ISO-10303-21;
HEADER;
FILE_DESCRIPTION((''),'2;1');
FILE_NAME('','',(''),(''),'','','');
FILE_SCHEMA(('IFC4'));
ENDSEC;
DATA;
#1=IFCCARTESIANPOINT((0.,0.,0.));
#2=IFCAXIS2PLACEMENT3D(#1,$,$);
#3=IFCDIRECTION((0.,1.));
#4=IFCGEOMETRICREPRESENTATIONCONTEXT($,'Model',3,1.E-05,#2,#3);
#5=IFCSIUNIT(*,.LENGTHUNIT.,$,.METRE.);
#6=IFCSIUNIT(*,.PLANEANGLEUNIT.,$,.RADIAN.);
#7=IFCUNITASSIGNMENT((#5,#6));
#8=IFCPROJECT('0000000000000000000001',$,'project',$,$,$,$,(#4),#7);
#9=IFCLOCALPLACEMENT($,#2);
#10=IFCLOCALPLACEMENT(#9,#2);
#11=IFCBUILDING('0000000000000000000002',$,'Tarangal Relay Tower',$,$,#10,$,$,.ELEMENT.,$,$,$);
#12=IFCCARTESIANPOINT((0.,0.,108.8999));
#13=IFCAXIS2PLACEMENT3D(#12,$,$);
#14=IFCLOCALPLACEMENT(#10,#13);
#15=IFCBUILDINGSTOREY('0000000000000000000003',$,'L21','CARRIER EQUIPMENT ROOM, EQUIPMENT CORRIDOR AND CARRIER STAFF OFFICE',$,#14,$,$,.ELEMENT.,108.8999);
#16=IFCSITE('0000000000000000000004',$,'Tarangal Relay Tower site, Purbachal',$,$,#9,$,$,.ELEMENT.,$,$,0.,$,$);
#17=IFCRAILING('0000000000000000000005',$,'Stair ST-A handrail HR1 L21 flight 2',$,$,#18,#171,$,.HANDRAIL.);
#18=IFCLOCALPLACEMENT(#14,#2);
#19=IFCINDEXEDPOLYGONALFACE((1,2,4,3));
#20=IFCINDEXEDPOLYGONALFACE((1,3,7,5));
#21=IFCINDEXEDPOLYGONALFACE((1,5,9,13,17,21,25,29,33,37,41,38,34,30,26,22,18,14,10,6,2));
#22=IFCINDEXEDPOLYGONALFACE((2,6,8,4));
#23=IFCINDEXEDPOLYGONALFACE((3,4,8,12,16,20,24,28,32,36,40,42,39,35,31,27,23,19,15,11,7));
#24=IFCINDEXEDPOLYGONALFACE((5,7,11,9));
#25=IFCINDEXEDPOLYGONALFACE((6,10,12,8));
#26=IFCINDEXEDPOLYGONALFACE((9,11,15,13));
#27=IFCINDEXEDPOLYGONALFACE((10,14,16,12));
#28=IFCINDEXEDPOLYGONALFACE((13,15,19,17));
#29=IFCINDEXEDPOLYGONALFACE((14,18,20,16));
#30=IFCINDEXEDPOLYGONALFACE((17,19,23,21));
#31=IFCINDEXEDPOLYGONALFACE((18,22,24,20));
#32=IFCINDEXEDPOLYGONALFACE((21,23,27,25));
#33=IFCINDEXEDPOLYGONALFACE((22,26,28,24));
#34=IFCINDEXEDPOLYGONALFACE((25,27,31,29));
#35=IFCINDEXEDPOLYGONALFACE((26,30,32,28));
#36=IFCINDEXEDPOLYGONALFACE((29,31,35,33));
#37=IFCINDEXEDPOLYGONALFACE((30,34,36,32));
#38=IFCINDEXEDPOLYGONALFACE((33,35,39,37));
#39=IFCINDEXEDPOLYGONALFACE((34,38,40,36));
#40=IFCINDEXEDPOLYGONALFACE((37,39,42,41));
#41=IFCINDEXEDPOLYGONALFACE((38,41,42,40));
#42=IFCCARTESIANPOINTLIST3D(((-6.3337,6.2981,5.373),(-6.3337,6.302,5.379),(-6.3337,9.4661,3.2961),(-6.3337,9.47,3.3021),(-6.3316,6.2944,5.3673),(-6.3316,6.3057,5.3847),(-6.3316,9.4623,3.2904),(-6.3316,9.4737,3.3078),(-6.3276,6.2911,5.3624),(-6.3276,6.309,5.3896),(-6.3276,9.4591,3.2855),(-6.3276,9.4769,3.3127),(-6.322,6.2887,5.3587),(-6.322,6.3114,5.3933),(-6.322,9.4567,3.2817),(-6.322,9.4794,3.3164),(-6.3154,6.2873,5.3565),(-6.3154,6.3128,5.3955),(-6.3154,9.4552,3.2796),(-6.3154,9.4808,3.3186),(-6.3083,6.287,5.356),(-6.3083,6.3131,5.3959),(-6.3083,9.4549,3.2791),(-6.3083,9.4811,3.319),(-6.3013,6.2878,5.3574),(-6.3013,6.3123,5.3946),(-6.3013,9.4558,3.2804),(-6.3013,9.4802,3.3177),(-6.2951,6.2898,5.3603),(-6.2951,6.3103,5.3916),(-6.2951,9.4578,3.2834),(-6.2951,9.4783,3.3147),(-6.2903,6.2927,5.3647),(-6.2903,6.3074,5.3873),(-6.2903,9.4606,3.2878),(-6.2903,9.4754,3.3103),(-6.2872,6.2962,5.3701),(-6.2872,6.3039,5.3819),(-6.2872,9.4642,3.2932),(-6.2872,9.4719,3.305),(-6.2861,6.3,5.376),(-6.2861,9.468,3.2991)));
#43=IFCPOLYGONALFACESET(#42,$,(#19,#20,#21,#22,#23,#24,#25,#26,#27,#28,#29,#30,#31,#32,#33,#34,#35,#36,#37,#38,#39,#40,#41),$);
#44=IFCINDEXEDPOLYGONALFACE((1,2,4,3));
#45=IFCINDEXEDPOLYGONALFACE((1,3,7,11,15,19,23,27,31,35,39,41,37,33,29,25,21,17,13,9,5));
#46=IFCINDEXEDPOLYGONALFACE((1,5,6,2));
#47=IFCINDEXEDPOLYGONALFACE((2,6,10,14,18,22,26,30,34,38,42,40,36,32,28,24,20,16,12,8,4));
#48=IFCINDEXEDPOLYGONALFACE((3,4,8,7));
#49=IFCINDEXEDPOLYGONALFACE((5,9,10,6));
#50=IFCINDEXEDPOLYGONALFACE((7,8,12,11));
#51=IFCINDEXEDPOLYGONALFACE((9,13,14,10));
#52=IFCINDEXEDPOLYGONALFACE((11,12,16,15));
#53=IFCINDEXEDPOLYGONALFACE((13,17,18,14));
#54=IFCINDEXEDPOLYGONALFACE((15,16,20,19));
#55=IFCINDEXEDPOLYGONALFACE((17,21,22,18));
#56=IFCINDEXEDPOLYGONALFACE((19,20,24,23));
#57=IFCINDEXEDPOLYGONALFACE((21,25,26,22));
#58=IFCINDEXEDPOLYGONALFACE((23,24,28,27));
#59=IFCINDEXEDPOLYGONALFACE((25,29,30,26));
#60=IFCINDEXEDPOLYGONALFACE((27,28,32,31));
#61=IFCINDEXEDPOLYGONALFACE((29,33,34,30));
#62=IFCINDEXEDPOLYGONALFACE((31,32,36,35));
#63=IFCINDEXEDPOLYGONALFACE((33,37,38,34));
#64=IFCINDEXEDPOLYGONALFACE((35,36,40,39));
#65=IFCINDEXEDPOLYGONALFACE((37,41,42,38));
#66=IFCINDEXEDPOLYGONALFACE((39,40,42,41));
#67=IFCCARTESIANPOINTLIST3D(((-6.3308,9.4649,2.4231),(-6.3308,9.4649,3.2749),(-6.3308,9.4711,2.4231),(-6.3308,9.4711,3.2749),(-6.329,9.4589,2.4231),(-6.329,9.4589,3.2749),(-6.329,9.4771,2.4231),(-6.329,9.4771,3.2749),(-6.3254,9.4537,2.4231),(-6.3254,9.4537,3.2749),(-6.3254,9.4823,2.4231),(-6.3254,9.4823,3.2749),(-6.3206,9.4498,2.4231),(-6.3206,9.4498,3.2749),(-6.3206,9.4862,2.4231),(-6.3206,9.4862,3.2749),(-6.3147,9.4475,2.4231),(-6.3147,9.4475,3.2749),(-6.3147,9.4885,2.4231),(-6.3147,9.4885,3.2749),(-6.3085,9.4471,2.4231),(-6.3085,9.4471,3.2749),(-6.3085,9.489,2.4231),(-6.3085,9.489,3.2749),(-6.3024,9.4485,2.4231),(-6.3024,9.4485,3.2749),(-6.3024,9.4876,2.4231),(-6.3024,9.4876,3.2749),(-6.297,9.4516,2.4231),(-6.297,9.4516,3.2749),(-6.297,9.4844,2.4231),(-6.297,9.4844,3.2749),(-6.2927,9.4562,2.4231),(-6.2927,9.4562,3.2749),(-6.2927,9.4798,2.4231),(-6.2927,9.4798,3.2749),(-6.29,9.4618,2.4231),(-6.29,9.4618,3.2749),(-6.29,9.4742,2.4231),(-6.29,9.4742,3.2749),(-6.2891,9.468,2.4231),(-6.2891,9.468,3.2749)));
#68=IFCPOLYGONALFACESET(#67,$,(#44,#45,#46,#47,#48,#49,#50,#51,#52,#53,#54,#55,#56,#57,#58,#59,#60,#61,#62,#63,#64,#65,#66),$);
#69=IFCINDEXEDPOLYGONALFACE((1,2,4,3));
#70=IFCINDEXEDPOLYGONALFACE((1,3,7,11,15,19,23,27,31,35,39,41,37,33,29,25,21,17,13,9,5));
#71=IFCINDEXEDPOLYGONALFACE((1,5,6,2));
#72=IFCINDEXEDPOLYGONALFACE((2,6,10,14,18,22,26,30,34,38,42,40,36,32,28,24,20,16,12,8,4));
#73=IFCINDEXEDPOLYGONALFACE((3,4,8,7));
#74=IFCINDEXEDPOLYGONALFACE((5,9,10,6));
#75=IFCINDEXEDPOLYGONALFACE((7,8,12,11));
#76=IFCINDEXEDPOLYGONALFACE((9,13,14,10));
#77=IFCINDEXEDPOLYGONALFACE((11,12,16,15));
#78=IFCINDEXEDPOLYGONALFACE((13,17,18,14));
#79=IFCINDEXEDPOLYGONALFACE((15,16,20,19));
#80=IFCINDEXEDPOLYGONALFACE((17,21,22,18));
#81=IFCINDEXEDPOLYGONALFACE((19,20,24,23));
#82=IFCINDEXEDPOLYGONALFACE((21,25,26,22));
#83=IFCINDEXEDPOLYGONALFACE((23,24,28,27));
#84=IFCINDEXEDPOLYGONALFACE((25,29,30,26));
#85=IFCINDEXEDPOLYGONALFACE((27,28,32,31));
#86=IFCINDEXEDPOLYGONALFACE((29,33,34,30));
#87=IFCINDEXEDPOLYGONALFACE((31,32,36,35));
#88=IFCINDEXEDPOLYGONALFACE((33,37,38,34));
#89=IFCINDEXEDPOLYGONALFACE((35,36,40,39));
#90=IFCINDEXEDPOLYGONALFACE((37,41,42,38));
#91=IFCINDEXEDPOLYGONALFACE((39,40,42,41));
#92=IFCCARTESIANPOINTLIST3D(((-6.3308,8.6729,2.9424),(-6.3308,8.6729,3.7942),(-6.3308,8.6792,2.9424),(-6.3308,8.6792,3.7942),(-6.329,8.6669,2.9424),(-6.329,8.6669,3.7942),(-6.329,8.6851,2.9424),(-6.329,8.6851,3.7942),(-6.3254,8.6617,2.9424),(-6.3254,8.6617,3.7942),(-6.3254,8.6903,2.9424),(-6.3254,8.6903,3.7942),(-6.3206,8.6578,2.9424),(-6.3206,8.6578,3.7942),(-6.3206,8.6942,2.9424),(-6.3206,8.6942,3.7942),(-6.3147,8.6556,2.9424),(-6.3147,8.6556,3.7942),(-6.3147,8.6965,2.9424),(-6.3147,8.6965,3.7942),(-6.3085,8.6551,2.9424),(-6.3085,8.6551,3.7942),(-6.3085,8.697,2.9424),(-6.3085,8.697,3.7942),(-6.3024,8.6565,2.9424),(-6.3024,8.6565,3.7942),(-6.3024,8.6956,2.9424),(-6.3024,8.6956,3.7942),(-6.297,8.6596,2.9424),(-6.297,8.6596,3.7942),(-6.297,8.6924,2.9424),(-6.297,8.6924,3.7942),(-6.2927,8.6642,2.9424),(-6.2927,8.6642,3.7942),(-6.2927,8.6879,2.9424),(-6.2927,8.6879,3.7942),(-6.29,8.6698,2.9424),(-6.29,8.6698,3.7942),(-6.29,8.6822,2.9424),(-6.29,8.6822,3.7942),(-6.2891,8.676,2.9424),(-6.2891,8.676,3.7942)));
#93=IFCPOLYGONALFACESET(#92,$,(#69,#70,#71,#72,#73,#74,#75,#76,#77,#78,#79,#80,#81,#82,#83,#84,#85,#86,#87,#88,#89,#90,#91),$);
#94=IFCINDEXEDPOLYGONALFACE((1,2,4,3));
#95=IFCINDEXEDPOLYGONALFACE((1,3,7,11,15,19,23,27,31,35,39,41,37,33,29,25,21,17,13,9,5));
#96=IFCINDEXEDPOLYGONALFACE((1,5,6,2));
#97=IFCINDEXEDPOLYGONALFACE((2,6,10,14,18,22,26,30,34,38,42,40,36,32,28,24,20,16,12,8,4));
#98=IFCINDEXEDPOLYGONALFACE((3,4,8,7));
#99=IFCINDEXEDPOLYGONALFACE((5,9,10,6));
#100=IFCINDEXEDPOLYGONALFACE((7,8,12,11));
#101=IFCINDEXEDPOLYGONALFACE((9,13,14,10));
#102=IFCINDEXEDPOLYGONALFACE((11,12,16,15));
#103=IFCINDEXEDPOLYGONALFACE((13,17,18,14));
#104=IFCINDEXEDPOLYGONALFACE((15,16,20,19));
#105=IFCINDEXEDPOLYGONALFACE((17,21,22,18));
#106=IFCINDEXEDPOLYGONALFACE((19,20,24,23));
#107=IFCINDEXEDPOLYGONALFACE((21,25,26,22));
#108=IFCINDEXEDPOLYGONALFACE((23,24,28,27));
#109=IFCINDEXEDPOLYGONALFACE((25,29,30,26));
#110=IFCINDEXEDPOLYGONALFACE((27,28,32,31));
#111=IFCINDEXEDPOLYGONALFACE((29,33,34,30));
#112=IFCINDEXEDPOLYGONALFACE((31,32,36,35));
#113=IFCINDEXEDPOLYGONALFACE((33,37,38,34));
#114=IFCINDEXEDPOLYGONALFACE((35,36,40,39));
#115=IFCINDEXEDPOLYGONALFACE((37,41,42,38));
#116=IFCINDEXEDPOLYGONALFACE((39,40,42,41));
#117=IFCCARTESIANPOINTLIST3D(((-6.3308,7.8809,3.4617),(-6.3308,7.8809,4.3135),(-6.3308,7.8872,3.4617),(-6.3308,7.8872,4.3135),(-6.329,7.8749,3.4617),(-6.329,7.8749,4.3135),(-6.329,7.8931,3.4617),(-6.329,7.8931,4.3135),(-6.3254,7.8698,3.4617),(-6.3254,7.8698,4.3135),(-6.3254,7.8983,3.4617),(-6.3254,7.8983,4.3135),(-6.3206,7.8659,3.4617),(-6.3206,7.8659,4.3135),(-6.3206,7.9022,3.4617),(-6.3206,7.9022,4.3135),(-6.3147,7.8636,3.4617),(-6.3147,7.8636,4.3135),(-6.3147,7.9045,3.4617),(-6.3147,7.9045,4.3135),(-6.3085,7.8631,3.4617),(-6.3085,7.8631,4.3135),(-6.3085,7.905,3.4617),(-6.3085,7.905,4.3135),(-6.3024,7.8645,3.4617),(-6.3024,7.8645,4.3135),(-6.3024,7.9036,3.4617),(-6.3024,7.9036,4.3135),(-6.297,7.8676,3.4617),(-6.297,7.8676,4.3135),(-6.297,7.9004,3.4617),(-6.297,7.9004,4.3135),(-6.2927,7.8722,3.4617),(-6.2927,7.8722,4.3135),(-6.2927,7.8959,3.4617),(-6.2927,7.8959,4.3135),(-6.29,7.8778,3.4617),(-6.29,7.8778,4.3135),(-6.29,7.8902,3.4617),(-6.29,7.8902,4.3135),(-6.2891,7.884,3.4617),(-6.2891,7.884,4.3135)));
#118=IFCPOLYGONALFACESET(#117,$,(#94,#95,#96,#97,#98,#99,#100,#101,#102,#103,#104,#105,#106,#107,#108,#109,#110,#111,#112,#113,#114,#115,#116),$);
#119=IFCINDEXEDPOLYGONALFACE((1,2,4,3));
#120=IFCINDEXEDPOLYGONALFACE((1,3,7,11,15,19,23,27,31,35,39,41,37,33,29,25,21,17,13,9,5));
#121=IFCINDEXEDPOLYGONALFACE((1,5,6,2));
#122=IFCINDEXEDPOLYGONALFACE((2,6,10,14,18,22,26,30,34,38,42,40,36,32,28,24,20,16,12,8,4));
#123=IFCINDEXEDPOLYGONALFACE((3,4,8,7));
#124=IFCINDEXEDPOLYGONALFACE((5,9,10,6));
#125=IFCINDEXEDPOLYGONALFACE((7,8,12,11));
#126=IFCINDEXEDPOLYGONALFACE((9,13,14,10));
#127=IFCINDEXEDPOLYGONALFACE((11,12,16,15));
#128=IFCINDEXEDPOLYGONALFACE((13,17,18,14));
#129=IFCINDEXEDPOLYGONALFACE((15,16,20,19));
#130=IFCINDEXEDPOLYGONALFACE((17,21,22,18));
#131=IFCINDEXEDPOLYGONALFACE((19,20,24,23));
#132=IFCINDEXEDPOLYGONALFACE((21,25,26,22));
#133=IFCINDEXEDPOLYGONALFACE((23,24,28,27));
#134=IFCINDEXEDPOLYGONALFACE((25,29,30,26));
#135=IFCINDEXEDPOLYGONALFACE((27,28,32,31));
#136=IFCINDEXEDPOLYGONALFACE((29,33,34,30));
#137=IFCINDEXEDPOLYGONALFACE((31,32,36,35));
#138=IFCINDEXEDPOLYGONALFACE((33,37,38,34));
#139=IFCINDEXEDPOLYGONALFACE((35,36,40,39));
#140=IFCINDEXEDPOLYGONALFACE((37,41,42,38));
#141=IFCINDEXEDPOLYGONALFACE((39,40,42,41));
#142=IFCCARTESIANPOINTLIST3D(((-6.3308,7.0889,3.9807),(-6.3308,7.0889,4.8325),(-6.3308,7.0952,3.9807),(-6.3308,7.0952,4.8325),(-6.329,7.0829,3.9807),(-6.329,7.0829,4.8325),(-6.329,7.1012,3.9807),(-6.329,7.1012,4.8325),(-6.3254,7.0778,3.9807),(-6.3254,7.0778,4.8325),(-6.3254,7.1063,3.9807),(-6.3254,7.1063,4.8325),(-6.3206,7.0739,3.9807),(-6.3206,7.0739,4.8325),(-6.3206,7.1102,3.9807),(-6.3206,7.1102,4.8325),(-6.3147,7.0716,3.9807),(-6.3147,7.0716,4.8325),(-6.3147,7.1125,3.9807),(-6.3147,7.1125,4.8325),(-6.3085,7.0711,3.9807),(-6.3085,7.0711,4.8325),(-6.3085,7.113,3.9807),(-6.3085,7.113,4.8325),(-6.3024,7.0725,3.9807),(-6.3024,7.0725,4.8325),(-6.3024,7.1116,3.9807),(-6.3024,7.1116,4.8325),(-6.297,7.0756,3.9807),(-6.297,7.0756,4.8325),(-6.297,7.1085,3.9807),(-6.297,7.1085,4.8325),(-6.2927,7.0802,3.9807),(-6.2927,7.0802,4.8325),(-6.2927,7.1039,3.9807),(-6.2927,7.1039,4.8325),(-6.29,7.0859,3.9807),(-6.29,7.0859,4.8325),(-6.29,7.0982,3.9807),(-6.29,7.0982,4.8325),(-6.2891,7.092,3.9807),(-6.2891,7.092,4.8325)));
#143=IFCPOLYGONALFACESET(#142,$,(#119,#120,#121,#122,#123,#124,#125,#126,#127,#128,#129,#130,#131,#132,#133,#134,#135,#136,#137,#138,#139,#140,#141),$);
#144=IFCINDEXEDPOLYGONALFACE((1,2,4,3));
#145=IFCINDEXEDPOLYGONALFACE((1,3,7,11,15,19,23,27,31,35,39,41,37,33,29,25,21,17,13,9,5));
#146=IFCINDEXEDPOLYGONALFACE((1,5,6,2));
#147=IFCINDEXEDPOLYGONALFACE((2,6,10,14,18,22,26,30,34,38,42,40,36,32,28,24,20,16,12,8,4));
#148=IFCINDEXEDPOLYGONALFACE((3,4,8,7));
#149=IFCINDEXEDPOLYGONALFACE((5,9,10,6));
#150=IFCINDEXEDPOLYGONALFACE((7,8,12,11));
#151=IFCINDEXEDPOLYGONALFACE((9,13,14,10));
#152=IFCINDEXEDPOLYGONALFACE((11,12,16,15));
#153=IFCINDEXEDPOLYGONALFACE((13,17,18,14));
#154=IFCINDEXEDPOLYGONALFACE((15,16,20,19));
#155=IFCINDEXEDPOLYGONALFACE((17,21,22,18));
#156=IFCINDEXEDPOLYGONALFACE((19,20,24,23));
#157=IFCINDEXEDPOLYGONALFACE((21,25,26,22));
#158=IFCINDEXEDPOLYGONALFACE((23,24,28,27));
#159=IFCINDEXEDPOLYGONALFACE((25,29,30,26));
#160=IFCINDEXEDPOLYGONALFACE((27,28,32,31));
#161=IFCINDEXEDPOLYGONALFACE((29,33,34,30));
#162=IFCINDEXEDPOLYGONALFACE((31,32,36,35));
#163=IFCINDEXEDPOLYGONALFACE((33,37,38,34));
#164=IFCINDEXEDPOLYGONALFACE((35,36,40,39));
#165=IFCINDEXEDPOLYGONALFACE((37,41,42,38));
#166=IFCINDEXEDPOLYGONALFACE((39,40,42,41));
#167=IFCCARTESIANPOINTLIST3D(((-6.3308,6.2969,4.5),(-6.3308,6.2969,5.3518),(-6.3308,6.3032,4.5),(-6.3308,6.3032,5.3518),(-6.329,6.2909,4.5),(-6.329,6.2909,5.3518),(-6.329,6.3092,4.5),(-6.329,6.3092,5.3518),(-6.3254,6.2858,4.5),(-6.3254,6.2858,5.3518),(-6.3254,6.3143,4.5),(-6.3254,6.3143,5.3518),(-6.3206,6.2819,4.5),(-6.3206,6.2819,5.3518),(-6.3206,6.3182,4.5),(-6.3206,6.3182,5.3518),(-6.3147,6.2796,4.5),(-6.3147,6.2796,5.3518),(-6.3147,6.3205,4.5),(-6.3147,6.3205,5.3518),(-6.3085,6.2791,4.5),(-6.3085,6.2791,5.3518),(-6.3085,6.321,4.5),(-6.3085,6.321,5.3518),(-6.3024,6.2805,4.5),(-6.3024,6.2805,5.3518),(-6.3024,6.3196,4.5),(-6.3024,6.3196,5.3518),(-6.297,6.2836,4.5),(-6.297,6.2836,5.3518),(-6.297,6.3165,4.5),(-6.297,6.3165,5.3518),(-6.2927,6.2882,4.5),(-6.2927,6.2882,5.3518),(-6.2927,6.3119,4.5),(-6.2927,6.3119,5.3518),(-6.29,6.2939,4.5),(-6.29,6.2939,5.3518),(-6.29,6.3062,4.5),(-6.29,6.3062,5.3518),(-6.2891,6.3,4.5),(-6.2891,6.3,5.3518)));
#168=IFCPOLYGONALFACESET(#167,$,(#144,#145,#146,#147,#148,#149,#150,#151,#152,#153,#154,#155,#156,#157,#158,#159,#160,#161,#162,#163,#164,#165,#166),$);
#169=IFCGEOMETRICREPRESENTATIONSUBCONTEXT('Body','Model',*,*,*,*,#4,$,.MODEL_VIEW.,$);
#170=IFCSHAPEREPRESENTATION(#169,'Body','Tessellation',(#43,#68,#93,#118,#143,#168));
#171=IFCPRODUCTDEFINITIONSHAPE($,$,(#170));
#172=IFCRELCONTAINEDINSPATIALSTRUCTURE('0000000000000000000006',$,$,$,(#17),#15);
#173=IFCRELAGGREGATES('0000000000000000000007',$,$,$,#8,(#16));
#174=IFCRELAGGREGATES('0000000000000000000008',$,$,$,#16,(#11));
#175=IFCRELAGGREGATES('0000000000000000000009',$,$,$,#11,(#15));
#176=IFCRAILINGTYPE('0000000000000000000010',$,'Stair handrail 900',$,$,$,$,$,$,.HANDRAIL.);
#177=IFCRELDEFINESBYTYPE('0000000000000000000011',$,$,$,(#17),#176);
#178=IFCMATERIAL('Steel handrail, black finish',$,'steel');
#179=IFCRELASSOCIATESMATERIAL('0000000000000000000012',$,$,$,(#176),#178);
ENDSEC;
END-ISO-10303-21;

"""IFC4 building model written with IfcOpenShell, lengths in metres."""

from ifc_helpers import new_model, si_unit, direction, frame, origin, origin_2d, place, context, subcontext, project, spatial, circle, extrude, material, type_object, element, save


model = new_model("IFC4")

# Units and contexts
model_context = context("Model", 3, precision=1e-05, world=origin(), true_north=direction((0.0, 1.0)))
body_context = subcontext(model_context, "Body", "Model", "MODEL_VIEW")
ifc_project = project(units=[si_unit("LENGTHUNIT", "METRE"), si_unit("PLANEANGLEUNIT", "RADIAN")], contexts=[model_context])

# Site, building, storey
site_placement = place(None, origin())
site = spatial("IfcSite", under=ifc_project, at=site_placement, Name="Tarangal Relay Tower site, Purbachal", CompositionType="ELEMENT", RefElevation=0.0)
building_placement = place(site_placement, origin())
building = spatial("IfcBuilding", under=site, at=building_placement, Name="Tarangal Relay Tower", CompositionType="ELEMENT")
storey_placement = place(building_placement, frame((0.0, 0.0, 108.8999)))
storey = spatial("IfcBuildingStorey", under=building, at=storey_placement, Name="L21", Description="CARRIER EQUIPMENT ROOM, EQUIPMENT CORRIDOR AND CARRIER STAFF OFFICE", CompositionType="ELEMENT", Elevation=108.8999)

# Railing
ifc_material_1 = material(Name="Steel handrail, black finish", Category="steel")
railing_type_1 = type_object("IfcRailingType", Name="Stair handrail 900", PredefinedType="HANDRAIL", material=ifc_material_1)
railing_1_placement = place(storey_placement, frame((-6.3101, 9.468, 2.4231)))
element("IfcRailing", 1, at=railing_1_placement, inside=storey, type_object=railing_type_1, Name="Stair ST-A handrail HR1 L21 flight 2", PredefinedType="HANDRAIL", context=body_context, shape_type="SweptSolid", body=[
    extrude(circle(Radius=0.0239, at=origin_2d()), frame((0.0, 0.0, 0.876), z_axis=(0.0, -0.836299, 0.548273), x_axis=(1.0, 0.0, 0.0)), (0.0, 0.0, 1.0), 3.7881),
    extrude(circle(Radius=0.021, at=origin_2d()), origin(), (0.0, 0.0, 1.0), 0.8518),
    extrude(circle(Radius=0.021, at=origin_2d()), frame((0.0, -0.792, 0.5193)), (0.0, 0.0, 1.0), 0.8518),
    extrude(circle(Radius=0.021, at=origin_2d()), frame((0.0, -1.584, 1.0386)), (0.0, 0.0, 1.0), 0.8518),
    extrude(circle(Radius=0.021, at=origin_2d()), frame((0.0, -2.376, 1.5576)), (0.0, 0.0, 1.0), 0.8518),
    extrude(circle(Radius=0.021, at=origin_2d()), frame((0.0, -3.168, 2.0769)), (0.0, 0.0, 1.0), 0.8518),
])

save(model, "model.ifc")
